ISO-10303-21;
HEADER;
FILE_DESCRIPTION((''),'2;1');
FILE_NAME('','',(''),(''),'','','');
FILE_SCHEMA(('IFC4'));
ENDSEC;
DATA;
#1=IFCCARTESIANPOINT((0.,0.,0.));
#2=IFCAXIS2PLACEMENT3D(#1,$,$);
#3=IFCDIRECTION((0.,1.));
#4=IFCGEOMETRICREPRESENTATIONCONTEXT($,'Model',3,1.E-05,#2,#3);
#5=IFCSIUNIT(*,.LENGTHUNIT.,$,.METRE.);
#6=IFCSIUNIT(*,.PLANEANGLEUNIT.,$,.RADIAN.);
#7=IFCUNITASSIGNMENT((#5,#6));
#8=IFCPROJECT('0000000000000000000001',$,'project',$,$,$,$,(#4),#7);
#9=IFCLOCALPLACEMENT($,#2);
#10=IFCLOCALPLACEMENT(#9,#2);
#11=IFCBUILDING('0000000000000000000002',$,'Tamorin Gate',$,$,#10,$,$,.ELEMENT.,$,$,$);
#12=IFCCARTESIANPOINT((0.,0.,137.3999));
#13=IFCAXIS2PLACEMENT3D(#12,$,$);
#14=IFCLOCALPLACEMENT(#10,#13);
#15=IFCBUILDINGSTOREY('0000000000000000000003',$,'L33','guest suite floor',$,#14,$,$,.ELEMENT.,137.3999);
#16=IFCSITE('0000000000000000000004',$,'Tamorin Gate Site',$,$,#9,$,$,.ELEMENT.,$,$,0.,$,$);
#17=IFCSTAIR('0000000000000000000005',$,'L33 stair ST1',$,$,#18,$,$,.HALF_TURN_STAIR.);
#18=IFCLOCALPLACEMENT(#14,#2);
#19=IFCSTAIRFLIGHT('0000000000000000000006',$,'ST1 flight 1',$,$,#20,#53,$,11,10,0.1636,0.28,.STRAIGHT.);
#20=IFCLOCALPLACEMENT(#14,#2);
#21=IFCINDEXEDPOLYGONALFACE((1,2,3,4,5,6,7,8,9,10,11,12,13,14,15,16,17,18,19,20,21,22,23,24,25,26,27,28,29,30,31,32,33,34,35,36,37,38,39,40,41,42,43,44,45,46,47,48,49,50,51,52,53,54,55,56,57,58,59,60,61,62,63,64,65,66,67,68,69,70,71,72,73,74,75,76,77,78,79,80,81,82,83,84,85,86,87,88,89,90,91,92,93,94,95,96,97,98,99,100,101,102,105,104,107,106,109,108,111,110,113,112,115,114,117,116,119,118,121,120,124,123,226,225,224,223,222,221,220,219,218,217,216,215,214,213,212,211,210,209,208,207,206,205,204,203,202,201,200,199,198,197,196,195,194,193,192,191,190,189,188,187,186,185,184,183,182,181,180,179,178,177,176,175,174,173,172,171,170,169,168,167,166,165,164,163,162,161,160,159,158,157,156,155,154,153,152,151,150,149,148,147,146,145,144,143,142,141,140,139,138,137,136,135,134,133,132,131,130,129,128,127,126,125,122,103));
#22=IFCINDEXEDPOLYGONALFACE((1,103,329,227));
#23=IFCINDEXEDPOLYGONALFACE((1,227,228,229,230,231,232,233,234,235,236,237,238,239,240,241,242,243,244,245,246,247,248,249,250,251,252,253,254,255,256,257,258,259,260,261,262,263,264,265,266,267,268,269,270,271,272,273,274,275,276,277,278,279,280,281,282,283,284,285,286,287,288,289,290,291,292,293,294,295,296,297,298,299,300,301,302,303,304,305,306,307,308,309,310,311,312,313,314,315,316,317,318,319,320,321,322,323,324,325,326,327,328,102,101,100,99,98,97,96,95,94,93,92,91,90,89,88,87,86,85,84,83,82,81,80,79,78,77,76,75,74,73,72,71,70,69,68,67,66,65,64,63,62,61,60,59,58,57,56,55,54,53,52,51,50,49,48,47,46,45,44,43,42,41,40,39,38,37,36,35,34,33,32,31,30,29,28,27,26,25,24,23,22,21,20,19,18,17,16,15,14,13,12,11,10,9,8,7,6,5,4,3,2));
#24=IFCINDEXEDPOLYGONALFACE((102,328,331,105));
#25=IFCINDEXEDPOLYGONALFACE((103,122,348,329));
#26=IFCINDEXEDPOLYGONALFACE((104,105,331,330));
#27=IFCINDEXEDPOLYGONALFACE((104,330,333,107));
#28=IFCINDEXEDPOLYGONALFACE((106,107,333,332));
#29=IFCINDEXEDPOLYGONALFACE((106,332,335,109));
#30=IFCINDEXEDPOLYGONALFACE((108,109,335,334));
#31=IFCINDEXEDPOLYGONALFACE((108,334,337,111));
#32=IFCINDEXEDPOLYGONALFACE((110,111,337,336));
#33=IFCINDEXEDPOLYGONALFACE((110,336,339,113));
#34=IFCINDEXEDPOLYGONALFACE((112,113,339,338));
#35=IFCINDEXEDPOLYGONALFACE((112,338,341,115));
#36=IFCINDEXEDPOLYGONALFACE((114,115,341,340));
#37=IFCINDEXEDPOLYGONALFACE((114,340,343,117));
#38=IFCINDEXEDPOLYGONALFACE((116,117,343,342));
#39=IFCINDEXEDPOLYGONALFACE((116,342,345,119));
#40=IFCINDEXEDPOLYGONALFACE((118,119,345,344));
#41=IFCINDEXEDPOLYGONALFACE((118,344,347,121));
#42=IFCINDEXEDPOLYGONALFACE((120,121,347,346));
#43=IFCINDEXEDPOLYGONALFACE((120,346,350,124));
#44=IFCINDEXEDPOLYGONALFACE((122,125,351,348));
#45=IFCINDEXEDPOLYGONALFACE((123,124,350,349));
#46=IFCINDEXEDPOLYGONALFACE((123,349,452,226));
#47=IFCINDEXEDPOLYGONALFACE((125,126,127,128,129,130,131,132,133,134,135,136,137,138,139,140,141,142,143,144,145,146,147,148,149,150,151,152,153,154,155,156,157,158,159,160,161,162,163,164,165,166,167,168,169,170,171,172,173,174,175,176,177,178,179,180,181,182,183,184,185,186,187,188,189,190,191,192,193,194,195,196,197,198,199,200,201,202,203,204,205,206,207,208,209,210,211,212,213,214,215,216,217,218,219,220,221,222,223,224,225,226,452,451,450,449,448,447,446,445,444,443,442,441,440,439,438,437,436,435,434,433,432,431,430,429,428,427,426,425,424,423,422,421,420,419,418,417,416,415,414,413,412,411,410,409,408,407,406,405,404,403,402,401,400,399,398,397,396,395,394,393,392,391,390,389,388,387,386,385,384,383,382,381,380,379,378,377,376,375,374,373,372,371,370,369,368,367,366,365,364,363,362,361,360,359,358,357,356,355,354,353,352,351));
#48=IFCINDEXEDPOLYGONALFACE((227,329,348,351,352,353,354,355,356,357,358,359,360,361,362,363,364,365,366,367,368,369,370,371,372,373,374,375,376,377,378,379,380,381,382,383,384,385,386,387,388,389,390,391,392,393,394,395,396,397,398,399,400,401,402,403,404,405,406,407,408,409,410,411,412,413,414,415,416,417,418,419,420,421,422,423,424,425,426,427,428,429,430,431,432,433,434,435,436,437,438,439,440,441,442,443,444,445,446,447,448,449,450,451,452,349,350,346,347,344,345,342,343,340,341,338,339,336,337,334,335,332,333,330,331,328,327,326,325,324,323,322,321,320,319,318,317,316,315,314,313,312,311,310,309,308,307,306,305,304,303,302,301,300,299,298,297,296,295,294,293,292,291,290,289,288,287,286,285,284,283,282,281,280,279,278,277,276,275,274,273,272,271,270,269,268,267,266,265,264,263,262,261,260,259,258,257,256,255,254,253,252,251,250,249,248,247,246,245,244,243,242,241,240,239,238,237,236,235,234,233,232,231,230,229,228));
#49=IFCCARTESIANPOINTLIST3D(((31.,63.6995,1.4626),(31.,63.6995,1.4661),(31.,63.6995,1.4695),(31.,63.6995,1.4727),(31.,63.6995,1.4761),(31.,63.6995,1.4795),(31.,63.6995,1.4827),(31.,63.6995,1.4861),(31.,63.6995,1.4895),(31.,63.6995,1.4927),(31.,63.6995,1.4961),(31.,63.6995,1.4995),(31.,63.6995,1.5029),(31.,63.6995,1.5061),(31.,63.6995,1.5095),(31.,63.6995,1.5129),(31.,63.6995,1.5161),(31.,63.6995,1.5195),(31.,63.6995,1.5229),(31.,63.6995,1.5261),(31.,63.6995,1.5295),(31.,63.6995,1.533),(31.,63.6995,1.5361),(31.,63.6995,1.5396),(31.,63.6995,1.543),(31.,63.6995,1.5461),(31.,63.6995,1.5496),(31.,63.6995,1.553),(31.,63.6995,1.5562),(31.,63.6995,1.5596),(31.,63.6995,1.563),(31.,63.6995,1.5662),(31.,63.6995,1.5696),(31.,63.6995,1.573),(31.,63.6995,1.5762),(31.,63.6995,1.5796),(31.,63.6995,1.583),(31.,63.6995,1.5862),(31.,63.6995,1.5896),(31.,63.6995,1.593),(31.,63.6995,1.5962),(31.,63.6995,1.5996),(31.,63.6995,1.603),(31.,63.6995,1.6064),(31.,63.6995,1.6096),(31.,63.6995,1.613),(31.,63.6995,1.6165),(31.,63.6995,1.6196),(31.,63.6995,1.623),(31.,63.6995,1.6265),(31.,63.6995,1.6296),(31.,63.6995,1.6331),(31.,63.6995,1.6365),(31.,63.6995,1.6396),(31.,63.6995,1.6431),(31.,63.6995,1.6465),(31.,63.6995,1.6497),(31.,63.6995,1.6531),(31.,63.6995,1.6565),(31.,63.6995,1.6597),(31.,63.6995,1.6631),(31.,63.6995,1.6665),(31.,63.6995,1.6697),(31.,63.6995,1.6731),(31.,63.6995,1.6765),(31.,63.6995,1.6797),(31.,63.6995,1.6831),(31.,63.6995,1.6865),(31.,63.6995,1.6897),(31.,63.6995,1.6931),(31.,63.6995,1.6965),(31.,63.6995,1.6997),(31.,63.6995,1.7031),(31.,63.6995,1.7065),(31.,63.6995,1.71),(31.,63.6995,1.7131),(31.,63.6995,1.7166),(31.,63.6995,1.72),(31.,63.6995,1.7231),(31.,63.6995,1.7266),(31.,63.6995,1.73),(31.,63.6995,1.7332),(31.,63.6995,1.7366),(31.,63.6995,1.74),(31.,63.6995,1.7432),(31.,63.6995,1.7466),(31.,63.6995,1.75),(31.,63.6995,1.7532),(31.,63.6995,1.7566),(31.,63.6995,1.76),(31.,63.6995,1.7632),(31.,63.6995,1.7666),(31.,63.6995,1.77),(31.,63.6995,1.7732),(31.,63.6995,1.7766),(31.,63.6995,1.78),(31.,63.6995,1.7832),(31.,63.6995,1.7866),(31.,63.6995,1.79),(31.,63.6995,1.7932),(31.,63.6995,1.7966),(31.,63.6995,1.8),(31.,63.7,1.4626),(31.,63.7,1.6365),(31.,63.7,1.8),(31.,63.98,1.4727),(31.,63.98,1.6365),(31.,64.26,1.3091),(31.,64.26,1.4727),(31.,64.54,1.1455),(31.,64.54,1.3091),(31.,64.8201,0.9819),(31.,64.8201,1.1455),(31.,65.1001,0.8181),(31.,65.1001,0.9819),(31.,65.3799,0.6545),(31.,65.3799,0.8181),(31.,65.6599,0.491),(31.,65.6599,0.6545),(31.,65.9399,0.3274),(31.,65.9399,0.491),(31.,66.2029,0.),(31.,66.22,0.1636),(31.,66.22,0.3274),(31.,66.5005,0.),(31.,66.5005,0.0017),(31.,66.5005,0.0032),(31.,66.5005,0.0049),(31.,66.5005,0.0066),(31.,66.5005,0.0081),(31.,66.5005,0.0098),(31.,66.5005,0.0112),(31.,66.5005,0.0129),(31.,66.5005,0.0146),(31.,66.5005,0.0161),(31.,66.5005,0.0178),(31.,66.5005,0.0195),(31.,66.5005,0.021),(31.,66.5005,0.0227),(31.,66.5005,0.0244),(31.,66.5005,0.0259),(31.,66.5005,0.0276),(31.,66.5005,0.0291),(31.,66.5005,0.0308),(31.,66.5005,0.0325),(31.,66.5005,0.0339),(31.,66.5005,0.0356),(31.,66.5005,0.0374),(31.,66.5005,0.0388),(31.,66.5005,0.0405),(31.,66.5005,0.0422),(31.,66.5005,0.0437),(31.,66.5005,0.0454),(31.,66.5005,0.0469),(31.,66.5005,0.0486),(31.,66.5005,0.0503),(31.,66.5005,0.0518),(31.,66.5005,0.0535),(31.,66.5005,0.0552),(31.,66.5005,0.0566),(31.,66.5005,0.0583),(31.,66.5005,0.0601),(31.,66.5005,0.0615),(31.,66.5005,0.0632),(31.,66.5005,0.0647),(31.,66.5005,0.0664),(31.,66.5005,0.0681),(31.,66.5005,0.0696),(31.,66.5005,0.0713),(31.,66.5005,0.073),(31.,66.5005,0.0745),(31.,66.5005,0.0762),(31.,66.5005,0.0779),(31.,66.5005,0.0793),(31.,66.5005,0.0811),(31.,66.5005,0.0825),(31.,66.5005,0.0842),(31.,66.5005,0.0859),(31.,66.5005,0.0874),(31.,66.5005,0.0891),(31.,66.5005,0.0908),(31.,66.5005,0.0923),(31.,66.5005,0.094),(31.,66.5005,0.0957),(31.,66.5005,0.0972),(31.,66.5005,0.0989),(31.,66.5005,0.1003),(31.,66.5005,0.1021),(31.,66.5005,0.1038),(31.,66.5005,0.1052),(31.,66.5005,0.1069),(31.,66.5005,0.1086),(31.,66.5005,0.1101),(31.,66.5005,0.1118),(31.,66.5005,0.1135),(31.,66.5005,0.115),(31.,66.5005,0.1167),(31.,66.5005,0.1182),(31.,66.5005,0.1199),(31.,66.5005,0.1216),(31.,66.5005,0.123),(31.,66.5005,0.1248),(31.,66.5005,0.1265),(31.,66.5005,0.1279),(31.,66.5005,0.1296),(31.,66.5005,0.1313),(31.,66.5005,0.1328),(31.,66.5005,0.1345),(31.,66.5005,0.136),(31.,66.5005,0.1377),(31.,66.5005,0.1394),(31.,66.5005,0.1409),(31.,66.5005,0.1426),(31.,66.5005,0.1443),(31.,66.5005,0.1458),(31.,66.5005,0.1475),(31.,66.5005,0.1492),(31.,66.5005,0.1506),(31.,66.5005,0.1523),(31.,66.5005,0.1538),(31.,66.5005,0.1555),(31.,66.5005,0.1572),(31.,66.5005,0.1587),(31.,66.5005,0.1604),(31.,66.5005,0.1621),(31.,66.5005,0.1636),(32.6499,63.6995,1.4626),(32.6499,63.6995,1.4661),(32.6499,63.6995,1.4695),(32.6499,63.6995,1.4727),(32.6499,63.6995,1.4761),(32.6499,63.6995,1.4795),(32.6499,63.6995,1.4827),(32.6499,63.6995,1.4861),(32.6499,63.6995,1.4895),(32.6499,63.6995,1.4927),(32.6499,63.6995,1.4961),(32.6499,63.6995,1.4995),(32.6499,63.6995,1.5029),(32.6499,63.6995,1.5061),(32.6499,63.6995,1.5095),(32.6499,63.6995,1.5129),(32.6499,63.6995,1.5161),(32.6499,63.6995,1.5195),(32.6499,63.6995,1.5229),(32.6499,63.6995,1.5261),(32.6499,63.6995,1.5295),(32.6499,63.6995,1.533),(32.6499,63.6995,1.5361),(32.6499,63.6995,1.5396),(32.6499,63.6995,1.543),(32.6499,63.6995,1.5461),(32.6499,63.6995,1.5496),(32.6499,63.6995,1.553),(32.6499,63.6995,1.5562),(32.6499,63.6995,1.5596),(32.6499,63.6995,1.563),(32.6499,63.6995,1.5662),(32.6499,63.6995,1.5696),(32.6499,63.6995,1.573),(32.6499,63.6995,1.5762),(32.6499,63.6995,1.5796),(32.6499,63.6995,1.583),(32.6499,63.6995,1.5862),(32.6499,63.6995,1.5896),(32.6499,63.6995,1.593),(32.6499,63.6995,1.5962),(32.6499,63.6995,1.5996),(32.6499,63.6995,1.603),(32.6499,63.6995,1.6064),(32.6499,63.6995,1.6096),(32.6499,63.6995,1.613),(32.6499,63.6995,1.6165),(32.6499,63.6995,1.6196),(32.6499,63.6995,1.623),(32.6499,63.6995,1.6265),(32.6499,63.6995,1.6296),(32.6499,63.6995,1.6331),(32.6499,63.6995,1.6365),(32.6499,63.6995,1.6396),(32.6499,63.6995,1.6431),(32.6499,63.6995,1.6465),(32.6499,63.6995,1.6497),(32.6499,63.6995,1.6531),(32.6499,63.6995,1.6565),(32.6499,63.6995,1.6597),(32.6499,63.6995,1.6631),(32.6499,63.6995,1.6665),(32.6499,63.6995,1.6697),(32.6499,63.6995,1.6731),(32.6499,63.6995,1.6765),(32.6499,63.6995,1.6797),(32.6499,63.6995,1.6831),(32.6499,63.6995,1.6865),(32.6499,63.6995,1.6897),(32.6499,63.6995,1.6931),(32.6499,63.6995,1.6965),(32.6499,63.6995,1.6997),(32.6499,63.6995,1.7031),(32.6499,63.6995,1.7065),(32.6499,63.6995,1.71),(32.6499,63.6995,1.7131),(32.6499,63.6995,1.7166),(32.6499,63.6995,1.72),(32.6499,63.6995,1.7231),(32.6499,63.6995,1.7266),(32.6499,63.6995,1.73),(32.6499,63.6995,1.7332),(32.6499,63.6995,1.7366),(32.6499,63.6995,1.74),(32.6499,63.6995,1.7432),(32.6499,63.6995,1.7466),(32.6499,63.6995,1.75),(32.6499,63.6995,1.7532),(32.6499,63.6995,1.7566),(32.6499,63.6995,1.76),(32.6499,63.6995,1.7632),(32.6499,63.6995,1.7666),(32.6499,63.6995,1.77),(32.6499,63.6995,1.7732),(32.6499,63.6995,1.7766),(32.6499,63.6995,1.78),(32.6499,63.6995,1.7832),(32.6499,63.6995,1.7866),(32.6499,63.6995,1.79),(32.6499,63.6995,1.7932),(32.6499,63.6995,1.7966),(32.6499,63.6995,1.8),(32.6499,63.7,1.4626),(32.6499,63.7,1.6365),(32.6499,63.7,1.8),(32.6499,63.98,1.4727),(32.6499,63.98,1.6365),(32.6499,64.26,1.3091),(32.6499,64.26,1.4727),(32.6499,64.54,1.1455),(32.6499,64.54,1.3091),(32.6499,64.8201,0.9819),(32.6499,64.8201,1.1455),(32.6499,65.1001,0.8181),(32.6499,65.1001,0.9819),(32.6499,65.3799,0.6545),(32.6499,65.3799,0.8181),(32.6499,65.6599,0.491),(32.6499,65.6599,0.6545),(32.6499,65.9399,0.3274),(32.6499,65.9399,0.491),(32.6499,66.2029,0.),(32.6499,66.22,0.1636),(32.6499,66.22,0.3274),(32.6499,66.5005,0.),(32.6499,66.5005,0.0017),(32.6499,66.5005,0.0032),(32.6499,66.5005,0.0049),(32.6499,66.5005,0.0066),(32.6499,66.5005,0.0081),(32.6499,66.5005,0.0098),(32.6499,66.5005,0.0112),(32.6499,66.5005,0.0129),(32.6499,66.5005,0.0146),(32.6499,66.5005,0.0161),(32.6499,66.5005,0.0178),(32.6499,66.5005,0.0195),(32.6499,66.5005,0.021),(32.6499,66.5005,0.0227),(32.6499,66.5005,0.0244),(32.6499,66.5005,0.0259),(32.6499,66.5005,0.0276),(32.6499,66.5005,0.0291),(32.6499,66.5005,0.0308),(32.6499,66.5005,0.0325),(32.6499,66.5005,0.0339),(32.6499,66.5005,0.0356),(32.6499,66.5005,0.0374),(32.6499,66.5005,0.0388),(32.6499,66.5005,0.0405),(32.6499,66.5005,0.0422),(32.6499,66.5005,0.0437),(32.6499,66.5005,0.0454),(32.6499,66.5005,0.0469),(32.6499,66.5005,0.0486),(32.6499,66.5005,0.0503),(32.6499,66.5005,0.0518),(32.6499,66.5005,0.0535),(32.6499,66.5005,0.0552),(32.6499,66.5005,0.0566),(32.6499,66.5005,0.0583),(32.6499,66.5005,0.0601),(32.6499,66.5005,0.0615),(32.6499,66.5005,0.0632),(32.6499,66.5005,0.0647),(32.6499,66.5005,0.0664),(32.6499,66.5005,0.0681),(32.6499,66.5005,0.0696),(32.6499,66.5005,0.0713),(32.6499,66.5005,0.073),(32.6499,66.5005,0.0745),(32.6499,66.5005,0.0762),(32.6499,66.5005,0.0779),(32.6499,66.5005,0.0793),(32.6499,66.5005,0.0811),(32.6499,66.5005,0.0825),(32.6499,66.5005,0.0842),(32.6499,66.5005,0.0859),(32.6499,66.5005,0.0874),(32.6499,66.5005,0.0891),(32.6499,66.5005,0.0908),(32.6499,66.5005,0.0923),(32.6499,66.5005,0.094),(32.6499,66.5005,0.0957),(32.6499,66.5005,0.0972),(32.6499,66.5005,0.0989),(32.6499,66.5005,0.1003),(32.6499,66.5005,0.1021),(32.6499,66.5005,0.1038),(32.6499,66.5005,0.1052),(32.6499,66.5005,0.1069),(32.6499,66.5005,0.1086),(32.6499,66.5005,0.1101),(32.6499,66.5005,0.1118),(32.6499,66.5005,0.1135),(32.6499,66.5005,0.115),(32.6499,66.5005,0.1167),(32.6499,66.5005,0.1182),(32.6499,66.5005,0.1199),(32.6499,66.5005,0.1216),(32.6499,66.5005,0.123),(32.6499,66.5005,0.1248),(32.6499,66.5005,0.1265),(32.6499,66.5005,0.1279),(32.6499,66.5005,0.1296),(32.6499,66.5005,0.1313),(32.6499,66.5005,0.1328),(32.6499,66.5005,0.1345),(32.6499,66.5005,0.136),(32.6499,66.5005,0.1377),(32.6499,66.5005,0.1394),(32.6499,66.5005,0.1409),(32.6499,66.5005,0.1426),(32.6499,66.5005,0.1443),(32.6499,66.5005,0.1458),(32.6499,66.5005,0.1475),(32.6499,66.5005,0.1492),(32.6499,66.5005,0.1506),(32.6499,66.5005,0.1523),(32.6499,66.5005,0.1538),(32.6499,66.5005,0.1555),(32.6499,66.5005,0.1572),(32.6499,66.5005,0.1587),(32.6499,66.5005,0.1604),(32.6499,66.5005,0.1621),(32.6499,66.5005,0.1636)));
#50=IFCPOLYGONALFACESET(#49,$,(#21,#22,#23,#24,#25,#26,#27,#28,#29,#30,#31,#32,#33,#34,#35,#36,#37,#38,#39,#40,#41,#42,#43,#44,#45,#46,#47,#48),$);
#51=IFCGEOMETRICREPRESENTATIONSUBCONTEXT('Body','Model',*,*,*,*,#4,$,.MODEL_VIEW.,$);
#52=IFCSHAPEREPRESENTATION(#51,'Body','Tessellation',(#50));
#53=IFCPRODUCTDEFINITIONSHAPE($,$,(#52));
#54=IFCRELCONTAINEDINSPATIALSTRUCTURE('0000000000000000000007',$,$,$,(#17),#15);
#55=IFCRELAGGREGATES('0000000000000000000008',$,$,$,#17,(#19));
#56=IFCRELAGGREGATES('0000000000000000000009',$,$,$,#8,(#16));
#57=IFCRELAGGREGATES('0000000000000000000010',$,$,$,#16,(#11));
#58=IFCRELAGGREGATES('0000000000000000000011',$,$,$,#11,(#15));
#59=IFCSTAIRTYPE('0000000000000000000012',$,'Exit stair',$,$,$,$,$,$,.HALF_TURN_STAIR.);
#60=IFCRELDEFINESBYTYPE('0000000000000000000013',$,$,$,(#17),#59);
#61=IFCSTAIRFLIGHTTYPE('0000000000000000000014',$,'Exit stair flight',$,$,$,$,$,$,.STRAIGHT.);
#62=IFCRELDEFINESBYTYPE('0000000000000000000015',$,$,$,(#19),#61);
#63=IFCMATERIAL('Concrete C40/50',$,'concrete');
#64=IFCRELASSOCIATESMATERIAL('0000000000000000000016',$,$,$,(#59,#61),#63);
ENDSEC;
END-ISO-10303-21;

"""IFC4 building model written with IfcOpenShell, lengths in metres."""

from ifc_helpers import new_model, si_unit, direction, frame, origin, place, context, subcontext, project, spatial, polyline, outline, extrude, material, type_object, element, aggregate, save


model = new_model("IFC4")

# Units and contexts
model_context = context("Model", 3, precision=1e-05, world=origin(), true_north=direction((0.0, 1.0)))
body_context = subcontext(model_context, "Body", "Model", "MODEL_VIEW")
ifc_project = project(units=[si_unit("LENGTHUNIT", "METRE"), si_unit("PLANEANGLEUNIT", "RADIAN")], contexts=[model_context])

# Site, building, storey
site_placement = place(None, origin())
site = spatial("IfcSite", under=ifc_project, at=site_placement, Name="Tamorin Gate Site", CompositionType="ELEMENT", RefElevation=0.0)
building_placement = place(site_placement, origin())
building = spatial("IfcBuilding", under=site, at=building_placement, Name="Tamorin Gate", CompositionType="ELEMENT")
storey_placement = place(building_placement, frame((0.0, 0.0, 137.3999)))
storey = spatial("IfcBuildingStorey", under=building, at=storey_placement, Name="L33", Description="guest suite floor", CompositionType="ELEMENT", Elevation=137.3999)

# Shared definitions
ifc_material_1 = material(Name="Concrete C40/50", Category="concrete")

# Stair, stair flight
stair_type = type_object("IfcStairType", Name="Exit stair", PredefinedType="HALF_TURN_STAIR", material=ifc_material_1)
stair_1_placement = place(storey_placement, origin())
stair_1 = element("IfcStair", 1, at=stair_1_placement, inside=storey, type_object=stair_type, Name="L33 stair ST1", PredefinedType="HALF_TURN_STAIR")
stair_flight_type = type_object("IfcStairFlightType", Name="Exit stair flight", PredefinedType="STRAIGHT", material=ifc_material_1)
stair_flight_1_placement = place(storey_placement, frame((31.825, 66.5, 0.0), z_axis=(0.0, 0.0, 1.0), x_axis=(0.0, -1.0, 0.0)))
stair_flight_1 = element("IfcStairFlight", 2, at=stair_flight_1_placement, type_object=stair_flight_type, Name="ST1 flight 1", NumberOfRisers=11, NumberOfTreads=10, PredefinedType="STRAIGHT", RiserHeight=0.1636, TreadLength=0.28, context=body_context, shape_type="SweptSolid", body=[
    extrude(outline(polyline([(-0.0005, 0.0), (-0.0005, 0.0017), (-0.0005, 0.0032), (-0.0005, 0.0049), (-0.0005, 0.0066), (-0.0005, 0.0081), (-0.0005, 0.0098), (-0.0005, 0.0112), (-0.0005, 0.0129), (-0.0005, 0.0146), (-0.0005, 0.0161), (-0.0005, 0.0178), (-0.0005, 0.0195), (-0.0005, 0.021), (-0.0005, 0.0227), (-0.0005, 0.0244), (-0.0005, 0.0259), (-0.0005, 0.0276), (-0.0005, 0.0291), (-0.0005, 0.0308), (-0.0005, 0.0325), (-0.0005, 0.0339), (-0.0005, 0.0356), (-0.0005, 0.0374), (-0.0005, 0.0388), (-0.0005, 0.0405), (-0.0005, 0.0422), (-0.0005, 0.0437), (-0.0005, 0.0454), (-0.0005, 0.0469), (-0.0005, 0.0486), (-0.0005, 0.0503), (-0.0005, 0.0518), (-0.0005, 0.0535), (-0.0005, 0.0552), (-0.0005, 0.0566), (-0.0005, 0.0583), (-0.0005, 0.0601), (-0.0005, 0.0615), (-0.0005, 0.0632), (-0.0005, 0.0647), (-0.0005, 0.0664), (-0.0005, 0.0681), (-0.0005, 0.0696), (-0.0005, 0.0713), (-0.0005, 0.073), (-0.0005, 0.0745), (-0.0005, 0.0762), (-0.0005, 0.0779), (-0.0005, 0.0793), (-0.0005, 0.0811), (-0.0005, 0.0825), (-0.0005, 0.0842), (-0.0005, 0.0859), (-0.0005, 0.0874), (-0.0005, 0.0891), (-0.0005, 0.0908), (-0.0005, 0.0923), (-0.0005, 0.094), (-0.0005, 0.0957), (-0.0005, 0.0972), (-0.0005, 0.0989), (-0.0005, 0.1003), (-0.0005, 0.1021), (-0.0005, 0.1038), (-0.0005, 0.1052), (-0.0005, 0.1069), (-0.0005, 0.1086), (-0.0005, 0.1101), (-0.0005, 0.1118), (-0.0005, 0.1135), (-0.0005, 0.115), (-0.0005, 0.1167), (-0.0005, 0.1182), (-0.0005, 0.1199), (-0.0005, 0.1216), (-0.0005, 0.123), (-0.0005, 0.1248), (-0.0005, 0.1265), (-0.0005, 0.1279), (-0.0005, 0.1296), (-0.0005, 0.1313), (-0.0005, 0.1328), (-0.0005, 0.1345), (-0.0005, 0.136), (-0.0005, 0.1377), (-0.0005, 0.1394), (-0.0005, 0.1409), (-0.0005, 0.1426), (-0.0005, 0.1443), (-0.0005, 0.1458), (-0.0005, 0.1475), (-0.0005, 0.1492), (-0.0005, 0.1506), (-0.0005, 0.1523), (-0.0005, 0.1538), (-0.0005, 0.1555), (-0.0005, 0.1572), (-0.0005, 0.1587), (-0.0005, 0.1604), (-0.0005, 0.1621), (-0.0005, 0.1636), (0.28, 0.1636), (0.28, 0.3274), (0.5601, 0.3274), (0.5601, 0.491), (0.8401, 0.491), (0.8401, 0.6545), (1.1201, 0.6545), (1.1201, 0.8181), (1.3999, 0.8181), (1.3999, 0.9819), (1.6799, 0.9819), (1.6799, 1.1455), (1.96, 1.1455), (1.96, 1.3091), (2.24, 1.3091), (2.24, 1.4727), (2.52, 1.4727), (2.52, 1.6365), (2.8, 1.6365), (2.8, 1.8), (2.8005, 1.8), (2.8005, 1.7966), (2.8005, 1.7932), (2.8005, 1.79), (2.8005, 1.7866), (2.8005, 1.7832), (2.8005, 1.78), (2.8005, 1.7766), (2.8005, 1.7732), (2.8005, 1.77), (2.8005, 1.7666), (2.8005, 1.7632), (2.8005, 1.76), (2.8005, 1.7566), (2.8005, 1.7532), (2.8005, 1.75), (2.8005, 1.7466), (2.8005, 1.7432), (2.8005, 1.74), (2.8005, 1.7366), (2.8005, 1.7332), (2.8005, 1.73), (2.8005, 1.7266), (2.8005, 1.7231), (2.8005, 1.72), (2.8005, 1.7166), (2.8005, 1.7131), (2.8005, 1.71), (2.8005, 1.7065), (2.8005, 1.7031), (2.8005, 1.6997), (2.8005, 1.6965), (2.8005, 1.6931), (2.8005, 1.6897), (2.8005, 1.6865), (2.8005, 1.6831), (2.8005, 1.6797), (2.8005, 1.6765), (2.8005, 1.6731), (2.8005, 1.6697), (2.8005, 1.6665), (2.8005, 1.6631), (2.8005, 1.6597), (2.8005, 1.6565), (2.8005, 1.6531), (2.8005, 1.6497), (2.8005, 1.6465), (2.8005, 1.6431), (2.8005, 1.6396), (2.8005, 1.6365), (2.8005, 1.6331), (2.8005, 1.6296), (2.8005, 1.6265), (2.8005, 1.623), (2.8005, 1.6196), (2.8005, 1.6165), (2.8005, 1.613), (2.8005, 1.6096), (2.8005, 1.6064), (2.8005, 1.603), (2.8005, 1.5996), (2.8005, 1.5962), (2.8005, 1.593), (2.8005, 1.5896), (2.8005, 1.5862), (2.8005, 1.583), (2.8005, 1.5796), (2.8005, 1.5762), (2.8005, 1.573), (2.8005, 1.5696), (2.8005, 1.5662), (2.8005, 1.563), (2.8005, 1.5596), (2.8005, 1.5562), (2.8005, 1.553), (2.8005, 1.5496), (2.8005, 1.5461), (2.8005, 1.543), (2.8005, 1.5396), (2.8005, 1.5361), (2.8005, 1.533), (2.8005, 1.5295), (2.8005, 1.5261), (2.8005, 1.5229), (2.8005, 1.5195), (2.8005, 1.5161), (2.8005, 1.5129), (2.8005, 1.5095), (2.8005, 1.5061), (2.8005, 1.5029), (2.8005, 1.4995), (2.8005, 1.4961), (2.8005, 1.4927), (2.8005, 1.4895), (2.8005, 1.4861), (2.8005, 1.4827), (2.8005, 1.4795), (2.8005, 1.4761), (2.8005, 1.4727), (2.8005, 1.4695), (2.8005, 1.4661), (2.8005, 1.4626), (2.8, 1.4626), (0.2971, 0.0), (-0.0005, 0.0)])), frame((0.0, 0.825, 0.0), z_axis=(0.0, -1.0, 0.0), x_axis=(1.0, 0.0, 0.0)), (0.0, 0.0, 1.0), 1.6499),
])
aggregate(stair_1, [stair_flight_1])

save(model, "model.ifc")
